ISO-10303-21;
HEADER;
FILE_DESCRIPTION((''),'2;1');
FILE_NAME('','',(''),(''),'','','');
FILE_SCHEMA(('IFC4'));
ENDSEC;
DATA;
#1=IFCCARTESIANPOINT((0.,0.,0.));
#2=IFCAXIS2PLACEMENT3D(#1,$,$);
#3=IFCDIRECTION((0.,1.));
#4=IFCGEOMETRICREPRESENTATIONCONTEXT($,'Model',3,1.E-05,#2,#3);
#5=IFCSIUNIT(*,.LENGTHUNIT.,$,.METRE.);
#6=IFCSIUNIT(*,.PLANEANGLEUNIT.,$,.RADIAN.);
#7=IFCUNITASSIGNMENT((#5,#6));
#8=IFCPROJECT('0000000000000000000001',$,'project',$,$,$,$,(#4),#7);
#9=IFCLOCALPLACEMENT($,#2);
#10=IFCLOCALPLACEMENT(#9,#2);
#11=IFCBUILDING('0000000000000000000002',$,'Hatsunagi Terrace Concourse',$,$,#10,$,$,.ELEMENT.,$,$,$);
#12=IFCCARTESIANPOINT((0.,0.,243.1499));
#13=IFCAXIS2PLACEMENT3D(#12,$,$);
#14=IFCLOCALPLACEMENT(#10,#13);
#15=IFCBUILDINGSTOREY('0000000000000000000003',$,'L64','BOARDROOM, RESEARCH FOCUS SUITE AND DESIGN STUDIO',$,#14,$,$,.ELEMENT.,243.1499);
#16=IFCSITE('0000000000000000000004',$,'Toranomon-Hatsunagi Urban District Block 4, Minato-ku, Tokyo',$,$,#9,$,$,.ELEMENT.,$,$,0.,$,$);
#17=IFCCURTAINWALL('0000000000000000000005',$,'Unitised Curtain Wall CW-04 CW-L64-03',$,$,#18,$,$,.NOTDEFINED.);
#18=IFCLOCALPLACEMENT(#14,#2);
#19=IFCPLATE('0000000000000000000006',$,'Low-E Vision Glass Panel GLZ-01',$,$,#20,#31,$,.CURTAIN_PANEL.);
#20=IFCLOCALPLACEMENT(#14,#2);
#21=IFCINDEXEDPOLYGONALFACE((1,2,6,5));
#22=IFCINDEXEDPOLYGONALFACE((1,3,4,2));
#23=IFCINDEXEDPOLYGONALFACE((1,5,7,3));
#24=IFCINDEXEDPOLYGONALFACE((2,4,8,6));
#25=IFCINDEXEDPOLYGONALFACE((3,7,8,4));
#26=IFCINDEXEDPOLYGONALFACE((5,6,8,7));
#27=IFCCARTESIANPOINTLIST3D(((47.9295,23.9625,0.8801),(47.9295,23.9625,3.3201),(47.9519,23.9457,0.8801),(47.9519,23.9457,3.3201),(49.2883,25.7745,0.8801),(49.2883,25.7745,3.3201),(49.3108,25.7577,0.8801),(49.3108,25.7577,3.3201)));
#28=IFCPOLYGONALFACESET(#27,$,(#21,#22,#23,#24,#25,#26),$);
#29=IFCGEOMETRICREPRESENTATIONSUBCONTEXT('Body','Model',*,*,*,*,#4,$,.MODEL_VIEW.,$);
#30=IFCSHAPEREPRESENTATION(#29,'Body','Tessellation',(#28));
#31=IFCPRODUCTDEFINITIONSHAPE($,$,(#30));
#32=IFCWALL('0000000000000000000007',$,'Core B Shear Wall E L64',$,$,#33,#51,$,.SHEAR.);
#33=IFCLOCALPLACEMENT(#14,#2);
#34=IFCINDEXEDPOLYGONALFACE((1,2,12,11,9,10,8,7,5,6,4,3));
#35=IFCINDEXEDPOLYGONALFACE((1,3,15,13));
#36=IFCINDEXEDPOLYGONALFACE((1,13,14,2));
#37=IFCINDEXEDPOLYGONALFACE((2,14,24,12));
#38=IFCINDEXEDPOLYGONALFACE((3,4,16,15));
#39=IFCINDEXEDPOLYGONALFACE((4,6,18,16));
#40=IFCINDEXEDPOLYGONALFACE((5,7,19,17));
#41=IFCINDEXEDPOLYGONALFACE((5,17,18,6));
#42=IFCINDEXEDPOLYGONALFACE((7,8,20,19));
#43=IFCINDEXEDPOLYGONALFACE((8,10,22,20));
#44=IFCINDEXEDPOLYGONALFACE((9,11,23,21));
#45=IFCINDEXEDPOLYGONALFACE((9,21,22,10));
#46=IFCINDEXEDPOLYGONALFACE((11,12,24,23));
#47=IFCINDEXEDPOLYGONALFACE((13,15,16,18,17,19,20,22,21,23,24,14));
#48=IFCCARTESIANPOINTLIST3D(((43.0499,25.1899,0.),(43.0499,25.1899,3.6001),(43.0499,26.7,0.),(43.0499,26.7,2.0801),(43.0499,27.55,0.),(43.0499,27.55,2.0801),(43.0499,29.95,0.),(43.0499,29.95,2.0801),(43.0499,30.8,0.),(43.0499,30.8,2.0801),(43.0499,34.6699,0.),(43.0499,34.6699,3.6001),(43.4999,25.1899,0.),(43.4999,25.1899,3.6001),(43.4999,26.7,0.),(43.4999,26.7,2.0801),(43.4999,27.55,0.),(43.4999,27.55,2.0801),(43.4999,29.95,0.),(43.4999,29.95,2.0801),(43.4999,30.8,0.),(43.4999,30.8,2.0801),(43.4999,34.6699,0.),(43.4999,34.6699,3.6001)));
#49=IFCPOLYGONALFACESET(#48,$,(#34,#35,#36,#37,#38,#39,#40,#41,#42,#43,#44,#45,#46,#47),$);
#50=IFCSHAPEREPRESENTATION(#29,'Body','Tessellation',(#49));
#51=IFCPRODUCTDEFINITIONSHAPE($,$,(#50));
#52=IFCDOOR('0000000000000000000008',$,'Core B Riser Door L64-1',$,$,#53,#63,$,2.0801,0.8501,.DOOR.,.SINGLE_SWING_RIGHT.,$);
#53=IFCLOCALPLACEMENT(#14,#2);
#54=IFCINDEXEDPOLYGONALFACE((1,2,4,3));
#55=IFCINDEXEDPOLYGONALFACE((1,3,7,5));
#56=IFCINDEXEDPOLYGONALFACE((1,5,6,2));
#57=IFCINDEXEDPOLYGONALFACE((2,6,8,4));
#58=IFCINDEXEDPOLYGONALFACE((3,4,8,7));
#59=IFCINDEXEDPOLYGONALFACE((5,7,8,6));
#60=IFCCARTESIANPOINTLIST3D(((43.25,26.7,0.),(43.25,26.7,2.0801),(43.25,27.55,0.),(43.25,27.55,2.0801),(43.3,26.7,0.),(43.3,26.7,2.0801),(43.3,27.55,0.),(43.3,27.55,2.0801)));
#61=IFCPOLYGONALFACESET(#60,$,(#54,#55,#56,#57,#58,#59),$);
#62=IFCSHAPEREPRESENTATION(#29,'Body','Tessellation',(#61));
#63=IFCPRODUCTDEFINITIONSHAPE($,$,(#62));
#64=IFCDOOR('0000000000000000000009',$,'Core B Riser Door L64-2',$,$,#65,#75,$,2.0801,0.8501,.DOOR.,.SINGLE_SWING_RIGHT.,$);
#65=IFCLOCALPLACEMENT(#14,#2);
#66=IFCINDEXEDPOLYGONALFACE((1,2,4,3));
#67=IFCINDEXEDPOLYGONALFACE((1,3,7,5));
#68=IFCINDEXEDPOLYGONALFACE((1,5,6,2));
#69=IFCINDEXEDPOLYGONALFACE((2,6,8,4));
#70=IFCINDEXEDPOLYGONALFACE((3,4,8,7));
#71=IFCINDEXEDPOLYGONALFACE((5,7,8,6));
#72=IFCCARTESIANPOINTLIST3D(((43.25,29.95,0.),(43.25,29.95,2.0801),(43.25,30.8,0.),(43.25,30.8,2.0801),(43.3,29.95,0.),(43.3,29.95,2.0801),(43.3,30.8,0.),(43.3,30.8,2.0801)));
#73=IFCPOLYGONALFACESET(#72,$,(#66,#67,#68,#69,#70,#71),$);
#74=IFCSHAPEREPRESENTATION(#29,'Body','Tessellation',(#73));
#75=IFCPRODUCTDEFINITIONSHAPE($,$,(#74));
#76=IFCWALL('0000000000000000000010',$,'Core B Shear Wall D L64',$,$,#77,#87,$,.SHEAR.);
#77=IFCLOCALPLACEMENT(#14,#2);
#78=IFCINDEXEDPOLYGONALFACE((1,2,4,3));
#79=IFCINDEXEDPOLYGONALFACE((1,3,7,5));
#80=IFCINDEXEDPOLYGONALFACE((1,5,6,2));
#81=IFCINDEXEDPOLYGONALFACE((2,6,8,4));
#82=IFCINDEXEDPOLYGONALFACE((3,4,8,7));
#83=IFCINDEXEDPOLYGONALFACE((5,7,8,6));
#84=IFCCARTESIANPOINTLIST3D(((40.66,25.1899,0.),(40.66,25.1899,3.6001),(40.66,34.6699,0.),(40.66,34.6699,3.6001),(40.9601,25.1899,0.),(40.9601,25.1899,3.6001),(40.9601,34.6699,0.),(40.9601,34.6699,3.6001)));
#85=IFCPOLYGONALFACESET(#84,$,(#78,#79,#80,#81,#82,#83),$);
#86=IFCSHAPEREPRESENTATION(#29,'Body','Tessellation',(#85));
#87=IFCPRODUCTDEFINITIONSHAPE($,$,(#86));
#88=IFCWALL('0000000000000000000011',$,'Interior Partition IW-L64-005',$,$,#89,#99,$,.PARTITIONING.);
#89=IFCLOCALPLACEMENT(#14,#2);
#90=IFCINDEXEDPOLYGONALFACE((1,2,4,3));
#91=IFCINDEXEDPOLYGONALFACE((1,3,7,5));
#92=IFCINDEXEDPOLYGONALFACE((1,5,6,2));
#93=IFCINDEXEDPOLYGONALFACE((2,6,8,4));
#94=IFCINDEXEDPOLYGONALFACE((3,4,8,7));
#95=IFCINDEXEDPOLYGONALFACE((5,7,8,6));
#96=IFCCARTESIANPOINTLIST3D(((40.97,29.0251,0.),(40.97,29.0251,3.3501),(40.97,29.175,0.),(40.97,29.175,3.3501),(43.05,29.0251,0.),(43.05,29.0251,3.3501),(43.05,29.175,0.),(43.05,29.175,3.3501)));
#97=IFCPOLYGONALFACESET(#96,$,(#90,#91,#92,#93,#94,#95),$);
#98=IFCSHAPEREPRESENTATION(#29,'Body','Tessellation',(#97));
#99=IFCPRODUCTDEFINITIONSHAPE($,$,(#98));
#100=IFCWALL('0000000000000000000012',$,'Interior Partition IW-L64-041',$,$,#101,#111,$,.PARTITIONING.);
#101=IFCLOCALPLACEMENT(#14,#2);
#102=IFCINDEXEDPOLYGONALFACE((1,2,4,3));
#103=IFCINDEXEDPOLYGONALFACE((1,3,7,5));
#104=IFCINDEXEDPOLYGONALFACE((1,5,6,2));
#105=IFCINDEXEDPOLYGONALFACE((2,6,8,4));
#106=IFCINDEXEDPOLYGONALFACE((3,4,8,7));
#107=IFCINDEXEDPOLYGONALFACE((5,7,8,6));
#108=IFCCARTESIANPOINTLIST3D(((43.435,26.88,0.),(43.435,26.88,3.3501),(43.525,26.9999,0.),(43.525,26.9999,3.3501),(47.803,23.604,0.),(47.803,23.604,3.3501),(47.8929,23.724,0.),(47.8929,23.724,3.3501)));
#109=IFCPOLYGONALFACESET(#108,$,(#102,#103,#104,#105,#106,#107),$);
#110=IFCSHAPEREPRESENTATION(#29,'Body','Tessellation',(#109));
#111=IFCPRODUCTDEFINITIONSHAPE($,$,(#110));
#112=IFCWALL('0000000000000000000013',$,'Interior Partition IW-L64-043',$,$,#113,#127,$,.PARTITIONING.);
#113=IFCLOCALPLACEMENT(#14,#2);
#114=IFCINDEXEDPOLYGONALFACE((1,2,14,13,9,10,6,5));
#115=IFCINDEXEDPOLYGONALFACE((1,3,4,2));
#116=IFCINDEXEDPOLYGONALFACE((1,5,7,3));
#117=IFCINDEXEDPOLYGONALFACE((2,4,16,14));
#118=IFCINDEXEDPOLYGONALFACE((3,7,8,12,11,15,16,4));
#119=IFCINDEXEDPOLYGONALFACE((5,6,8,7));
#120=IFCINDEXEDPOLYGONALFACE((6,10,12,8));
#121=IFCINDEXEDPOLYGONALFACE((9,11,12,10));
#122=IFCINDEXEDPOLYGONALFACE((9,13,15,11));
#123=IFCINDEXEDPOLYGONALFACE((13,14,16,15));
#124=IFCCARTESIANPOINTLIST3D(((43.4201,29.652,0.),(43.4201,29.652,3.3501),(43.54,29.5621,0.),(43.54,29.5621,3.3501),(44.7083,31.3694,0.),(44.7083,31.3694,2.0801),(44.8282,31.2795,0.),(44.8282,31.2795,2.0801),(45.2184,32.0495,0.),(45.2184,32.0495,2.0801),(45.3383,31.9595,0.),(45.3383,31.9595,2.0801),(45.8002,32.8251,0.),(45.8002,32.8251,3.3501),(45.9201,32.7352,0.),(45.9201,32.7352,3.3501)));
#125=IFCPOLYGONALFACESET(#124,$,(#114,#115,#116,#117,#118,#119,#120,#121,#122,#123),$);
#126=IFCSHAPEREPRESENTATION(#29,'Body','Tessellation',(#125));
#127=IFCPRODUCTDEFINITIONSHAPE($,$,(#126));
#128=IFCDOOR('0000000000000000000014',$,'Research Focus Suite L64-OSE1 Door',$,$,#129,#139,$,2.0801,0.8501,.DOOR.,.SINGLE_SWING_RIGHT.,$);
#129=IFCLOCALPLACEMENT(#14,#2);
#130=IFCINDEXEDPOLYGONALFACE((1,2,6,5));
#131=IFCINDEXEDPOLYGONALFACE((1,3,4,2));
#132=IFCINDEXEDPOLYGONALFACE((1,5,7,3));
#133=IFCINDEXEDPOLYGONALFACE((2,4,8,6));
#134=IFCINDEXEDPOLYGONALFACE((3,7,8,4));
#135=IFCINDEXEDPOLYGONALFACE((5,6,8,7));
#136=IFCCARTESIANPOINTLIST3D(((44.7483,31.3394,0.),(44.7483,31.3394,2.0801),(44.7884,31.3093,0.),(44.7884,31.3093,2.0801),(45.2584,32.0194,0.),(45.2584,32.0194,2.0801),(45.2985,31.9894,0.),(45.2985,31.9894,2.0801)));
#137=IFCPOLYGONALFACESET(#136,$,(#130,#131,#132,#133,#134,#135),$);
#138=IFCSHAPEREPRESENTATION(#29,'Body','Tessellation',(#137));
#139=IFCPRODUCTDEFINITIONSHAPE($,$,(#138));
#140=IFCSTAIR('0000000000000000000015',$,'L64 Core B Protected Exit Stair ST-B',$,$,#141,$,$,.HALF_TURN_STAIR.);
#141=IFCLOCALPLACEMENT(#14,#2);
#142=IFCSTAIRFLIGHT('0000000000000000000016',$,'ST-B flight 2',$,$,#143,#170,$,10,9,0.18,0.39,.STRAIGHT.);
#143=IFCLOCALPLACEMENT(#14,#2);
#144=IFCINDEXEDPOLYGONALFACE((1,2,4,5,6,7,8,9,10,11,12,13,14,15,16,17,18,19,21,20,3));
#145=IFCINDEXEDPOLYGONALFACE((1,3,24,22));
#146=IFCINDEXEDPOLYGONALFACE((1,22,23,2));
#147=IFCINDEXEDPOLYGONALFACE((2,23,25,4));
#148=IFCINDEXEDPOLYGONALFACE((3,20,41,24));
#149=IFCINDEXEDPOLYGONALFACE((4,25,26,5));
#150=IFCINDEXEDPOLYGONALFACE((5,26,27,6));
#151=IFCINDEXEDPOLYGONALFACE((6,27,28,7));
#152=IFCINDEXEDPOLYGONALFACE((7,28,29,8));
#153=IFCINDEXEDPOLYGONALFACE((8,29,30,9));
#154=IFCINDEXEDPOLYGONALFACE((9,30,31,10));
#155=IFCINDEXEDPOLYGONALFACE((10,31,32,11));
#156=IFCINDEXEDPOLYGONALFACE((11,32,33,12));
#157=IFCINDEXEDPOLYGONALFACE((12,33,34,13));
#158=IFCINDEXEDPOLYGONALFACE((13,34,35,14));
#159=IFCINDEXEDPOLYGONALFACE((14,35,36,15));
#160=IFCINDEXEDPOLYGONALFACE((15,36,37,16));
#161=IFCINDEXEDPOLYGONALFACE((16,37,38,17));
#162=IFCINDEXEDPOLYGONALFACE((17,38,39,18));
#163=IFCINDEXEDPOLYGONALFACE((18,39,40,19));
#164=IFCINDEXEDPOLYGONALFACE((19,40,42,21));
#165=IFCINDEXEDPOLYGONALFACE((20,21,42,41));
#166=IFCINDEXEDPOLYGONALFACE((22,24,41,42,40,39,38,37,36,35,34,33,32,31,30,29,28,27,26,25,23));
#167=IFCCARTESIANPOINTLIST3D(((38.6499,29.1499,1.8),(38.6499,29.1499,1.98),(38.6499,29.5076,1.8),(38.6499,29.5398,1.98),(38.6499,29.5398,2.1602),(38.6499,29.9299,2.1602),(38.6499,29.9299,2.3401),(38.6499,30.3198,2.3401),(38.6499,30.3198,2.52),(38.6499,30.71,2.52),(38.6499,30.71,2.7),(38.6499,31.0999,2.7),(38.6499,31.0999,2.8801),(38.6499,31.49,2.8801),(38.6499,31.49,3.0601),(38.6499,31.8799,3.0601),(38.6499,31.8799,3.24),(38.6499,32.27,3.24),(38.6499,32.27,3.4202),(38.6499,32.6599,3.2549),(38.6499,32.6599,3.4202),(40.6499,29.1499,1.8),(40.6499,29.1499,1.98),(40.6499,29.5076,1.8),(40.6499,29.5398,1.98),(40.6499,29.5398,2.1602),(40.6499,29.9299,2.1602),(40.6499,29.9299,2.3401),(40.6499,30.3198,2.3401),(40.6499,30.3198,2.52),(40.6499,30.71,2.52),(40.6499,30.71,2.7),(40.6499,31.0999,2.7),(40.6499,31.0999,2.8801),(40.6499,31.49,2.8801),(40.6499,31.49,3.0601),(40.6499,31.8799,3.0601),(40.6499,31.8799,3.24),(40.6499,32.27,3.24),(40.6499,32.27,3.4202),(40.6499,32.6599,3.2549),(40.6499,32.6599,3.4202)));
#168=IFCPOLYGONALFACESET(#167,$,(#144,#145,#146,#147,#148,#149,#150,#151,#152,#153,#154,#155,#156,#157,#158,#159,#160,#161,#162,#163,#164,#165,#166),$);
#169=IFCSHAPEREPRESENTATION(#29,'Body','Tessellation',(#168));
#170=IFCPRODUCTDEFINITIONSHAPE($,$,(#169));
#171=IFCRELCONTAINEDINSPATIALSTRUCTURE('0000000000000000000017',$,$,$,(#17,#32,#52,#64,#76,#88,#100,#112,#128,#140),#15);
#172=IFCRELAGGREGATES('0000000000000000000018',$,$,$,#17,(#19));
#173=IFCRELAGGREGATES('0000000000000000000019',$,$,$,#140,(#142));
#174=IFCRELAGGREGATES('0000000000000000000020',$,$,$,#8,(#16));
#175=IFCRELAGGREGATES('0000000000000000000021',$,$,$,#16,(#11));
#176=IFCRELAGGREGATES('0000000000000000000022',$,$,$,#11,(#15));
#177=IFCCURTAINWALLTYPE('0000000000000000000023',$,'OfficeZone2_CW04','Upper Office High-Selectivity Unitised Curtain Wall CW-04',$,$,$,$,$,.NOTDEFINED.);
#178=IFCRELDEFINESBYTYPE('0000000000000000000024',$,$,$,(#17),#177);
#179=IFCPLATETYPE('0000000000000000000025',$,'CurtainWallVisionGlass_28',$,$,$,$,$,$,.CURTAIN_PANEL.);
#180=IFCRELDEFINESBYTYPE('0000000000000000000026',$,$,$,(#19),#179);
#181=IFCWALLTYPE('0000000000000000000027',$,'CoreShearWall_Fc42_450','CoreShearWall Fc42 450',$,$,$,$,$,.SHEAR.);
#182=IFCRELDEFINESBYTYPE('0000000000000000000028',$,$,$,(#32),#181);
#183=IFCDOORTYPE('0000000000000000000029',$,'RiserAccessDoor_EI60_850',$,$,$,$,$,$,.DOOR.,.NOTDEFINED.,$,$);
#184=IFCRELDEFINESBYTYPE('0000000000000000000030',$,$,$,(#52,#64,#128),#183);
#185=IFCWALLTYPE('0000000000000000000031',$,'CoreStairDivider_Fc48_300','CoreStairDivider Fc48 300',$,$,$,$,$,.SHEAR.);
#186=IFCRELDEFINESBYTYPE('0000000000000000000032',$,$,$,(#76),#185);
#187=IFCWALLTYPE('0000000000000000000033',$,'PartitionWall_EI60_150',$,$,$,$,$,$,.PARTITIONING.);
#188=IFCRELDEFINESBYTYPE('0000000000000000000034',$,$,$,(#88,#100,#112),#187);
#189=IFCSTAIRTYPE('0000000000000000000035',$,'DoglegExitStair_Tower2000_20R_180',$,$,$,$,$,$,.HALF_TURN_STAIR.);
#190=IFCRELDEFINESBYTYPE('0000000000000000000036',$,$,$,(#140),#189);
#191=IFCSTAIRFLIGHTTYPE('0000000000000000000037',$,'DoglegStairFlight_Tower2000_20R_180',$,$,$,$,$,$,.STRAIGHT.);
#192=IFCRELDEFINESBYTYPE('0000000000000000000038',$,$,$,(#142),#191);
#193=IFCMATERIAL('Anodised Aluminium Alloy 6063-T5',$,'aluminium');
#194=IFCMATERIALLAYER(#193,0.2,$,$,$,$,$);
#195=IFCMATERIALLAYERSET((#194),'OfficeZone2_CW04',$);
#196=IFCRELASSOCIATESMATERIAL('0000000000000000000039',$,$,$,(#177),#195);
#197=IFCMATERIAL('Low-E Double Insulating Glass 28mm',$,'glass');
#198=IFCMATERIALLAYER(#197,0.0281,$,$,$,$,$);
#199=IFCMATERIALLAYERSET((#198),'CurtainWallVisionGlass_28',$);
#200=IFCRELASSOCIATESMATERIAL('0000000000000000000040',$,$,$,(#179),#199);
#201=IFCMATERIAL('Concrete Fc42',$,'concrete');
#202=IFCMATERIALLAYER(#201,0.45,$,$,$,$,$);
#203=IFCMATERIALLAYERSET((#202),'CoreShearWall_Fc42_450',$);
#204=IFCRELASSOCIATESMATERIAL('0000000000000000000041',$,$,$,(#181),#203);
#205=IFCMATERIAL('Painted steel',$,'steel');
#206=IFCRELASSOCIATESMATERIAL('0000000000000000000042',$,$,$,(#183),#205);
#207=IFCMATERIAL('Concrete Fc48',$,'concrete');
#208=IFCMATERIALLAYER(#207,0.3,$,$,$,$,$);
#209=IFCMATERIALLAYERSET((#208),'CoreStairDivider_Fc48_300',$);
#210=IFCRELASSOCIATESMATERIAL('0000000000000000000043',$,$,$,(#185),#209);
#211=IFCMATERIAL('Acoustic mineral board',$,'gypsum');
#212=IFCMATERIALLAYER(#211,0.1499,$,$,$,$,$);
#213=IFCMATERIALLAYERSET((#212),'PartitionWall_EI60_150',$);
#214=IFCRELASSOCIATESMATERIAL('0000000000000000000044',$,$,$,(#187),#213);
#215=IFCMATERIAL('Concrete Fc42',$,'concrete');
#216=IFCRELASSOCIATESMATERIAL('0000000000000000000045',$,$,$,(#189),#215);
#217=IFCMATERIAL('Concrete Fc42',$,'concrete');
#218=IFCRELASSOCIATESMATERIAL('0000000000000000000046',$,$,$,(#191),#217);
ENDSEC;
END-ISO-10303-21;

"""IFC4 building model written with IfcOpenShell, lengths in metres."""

from ifc_helpers import new_model, si_unit, direction, frame, frame_2d, origin, origin_2d, place, context, subcontext, project, spatial, polyline, rectangle, outline, extrude, material, layer, layer_set, type_object, element, fill, aggregate, save


model = new_model("IFC4")

# Units and contexts
model_context = context("Model", 3, precision=1e-05, world=origin(), true_north=direction((0.0, 1.0)))
body_context = subcontext(model_context, "Body", "Model", "MODEL_VIEW")
ifc_project = project(units=[si_unit("LENGTHUNIT", "METRE"), si_unit("PLANEANGLEUNIT", "RADIAN")], contexts=[model_context])

# Site, building, storey
site_placement = place(None, origin())
site = spatial("IfcSite", under=ifc_project, at=site_placement, Name="Toranomon-Hatsunagi Urban District Block 4, Minato-ku, Tokyo", CompositionType="ELEMENT", RefElevation=0.0)
building_placement = place(site_placement, origin())
building = spatial("IfcBuilding", under=site, at=building_placement, Name="Hatsunagi Terrace Concourse", CompositionType="ELEMENT")
storey_placement = place(building_placement, frame((0.0, 0.0, 243.1499)))
storey = spatial("IfcBuildingStorey", under=building, at=storey_placement, Name="L64", Description="BOARDROOM, RESEARCH FOCUS SUITE AND DESIGN STUDIO", CompositionType="ELEMENT", Elevation=243.1499)

# Curtain wall
ifc_material_1 = material(Name="Anodised Aluminium Alloy 6063-T5", Category="aluminium")
ifc_layer_1 = layer(ifc_material_1, 0.2)
ifc_layer_set_1 = layer_set([ifc_layer_1], Name="OfficeZone2_CW04")
curtain_wall_type = type_object("IfcCurtainWallType", Name="OfficeZone2_CW04", Description="Upper Office High-Selectivity Unitised Curtain Wall CW-04", PredefinedType="NOTDEFINED", material=ifc_layer_set_1)
curtain_wall_placement = place(storey_placement, origin())
curtain_wall = element("IfcCurtainWall", 1, at=curtain_wall_placement, inside=storey, type_object=curtain_wall_type, Name="Unitised Curtain Wall CW-04 CW-L64-03", PredefinedType="NOTDEFINED")

# Plate
ifc_material_2 = material(Name="Low-E Double Insulating Glass 28mm", Category="glass")
ifc_layer_2 = layer(ifc_material_2, 0.0281)
ifc_layer_set_2 = layer_set([ifc_layer_2], Name="CurtainWallVisionGlass_28")
plate_type_1 = type_object("IfcPlateType", Name="CurtainWallVisionGlass_28", PredefinedType="CURTAIN_PANEL", material=ifc_layer_set_2)
plate_1_placement = place(storey_placement, frame((48.6201, 24.8601, 0.8801), z_axis=(0.0, 0.0, 1.0), x_axis=(-0.599969, -0.800023, 0.0)))
plate_1 = element("IfcPlate", 2, at=plate_1_placement, type_object=plate_type_1, Name="Low-E Vision Glass Panel GLZ-01", PredefinedType="CURTAIN_PANEL", context=body_context, shape_type="SweptSolid", body=[
    extrude(rectangle(XDim=2.2649, YDim=0.0281, at=origin_2d()), origin(), (0.0, 0.0, 1.0), 2.4399),
])
aggregate(curtain_wall, [plate_1])

# Wall, openings, doors
ifc_material_3 = material(Name="Concrete Fc42", Category="concrete")
ifc_layer_3 = layer(ifc_material_3, 0.45)
ifc_layer_set_3 = layer_set([ifc_layer_3], Name="CoreShearWall_Fc42_450")
wall_type_1 = type_object("IfcWallType", Name="CoreShearWall_Fc42_450", Description="CoreShearWall Fc42 450", PredefinedType="SHEAR", material=ifc_layer_set_3)
wall_1_placement = place(storey_placement, frame((43.2749, 25.1899, 0.0), z_axis=(0.0, 0.0, 1.0), x_axis=(0.0, 1.0, 0.0)))
wall_1 = element("IfcWall", 3, at=wall_1_placement, inside=storey, type_object=wall_type_1, Name="Core B Shear Wall E L64", PredefinedType="SHEAR", context=body_context, shape_type="SweptSolid", body=[
    extrude(rectangle(XDim=9.48, YDim=0.45, at=frame_2d((4.74, 0.0))), origin(), (0.0, 0.0, 1.0), 3.6001),
])
opening_1_placement = place(wall_1_placement, frame((1.51, 0.0, 0.0)))
opening_1 = element("IfcOpeningElement", 4, at=opening_1_placement, cuts=wall_1, PredefinedType="OPENING", context=body_context, shape_type="SweptSolid", body=[
    extrude(rectangle(XDim=0.8501, YDim=2.0801, at=frame_2d((0.425, 1.04))), frame((0.0, 0.2349, 0.0), z_axis=(0.0, -1.0, 0.0), x_axis=(1.0, 0.0, 0.0)), (0.0, 0.0, 1.0), 0.47),
])
opening_2_placement = place(wall_1_placement, frame((4.76, 0.0, 0.0)))
opening_2 = element("IfcOpeningElement", 5, at=opening_2_placement, cuts=wall_1, PredefinedType="OPENING", context=body_context, shape_type="SweptSolid", body=[
    extrude(rectangle(XDim=0.8501, YDim=2.0801, at=frame_2d((0.425, 1.04))), frame((0.0, 0.2349, 0.0), z_axis=(0.0, -1.0, 0.0), x_axis=(1.0, 0.0, 0.0)), (0.0, 0.0, 1.0), 0.47),
])
ifc_material_4 = material(Name="Painted steel", Category="steel")
door_type = type_object("IfcDoorType", Name="RiserAccessDoor_EI60_850", OperationType="NOTDEFINED", PredefinedType="DOOR", material=ifc_material_4)
door_1_placement = place(opening_1_placement, origin())
door_1 = element("IfcDoor", 6, at=door_1_placement, inside=storey, type_object=door_type, Name="Core B Riser Door L64-1", OperationType="SINGLE_SWING_RIGHT", OverallHeight=2.0801, OverallWidth=0.8501, PredefinedType="DOOR", context=body_context, shape_type="SweptSolid", body=[
    extrude(rectangle(XDim=0.8501, YDim=2.0801, at=frame_2d((0.425, 1.04))), frame((0.0, 0.0249, 0.0), z_axis=(0.0, -1.0, 0.0), x_axis=(1.0, 0.0, 0.0)), (0.0, 0.0, 1.0), 0.05),
])
fill(opening_1, door_1)
door_2_placement = place(opening_2_placement, origin())
door_2 = element("IfcDoor", 7, at=door_2_placement, inside=storey, type_object=door_type, Name="Core B Riser Door L64-2", OperationType="SINGLE_SWING_RIGHT", OverallHeight=2.0801, OverallWidth=0.8501, PredefinedType="DOOR", context=body_context, shape_type="SweptSolid", body=[
    extrude(rectangle(XDim=0.8501, YDim=2.0801, at=frame_2d((0.425, 1.04))), frame((0.0, 0.0249, 0.0), z_axis=(0.0, -1.0, 0.0), x_axis=(1.0, 0.0, 0.0)), (0.0, 0.0, 1.0), 0.05),
])
fill(opening_2, door_2)

# Walls
ifc_material_5 = material(Name="Concrete Fc48", Category="concrete")
ifc_layer_4 = layer(ifc_material_5, 0.3)
ifc_layer_set_4 = layer_set([ifc_layer_4], Name="CoreStairDivider_Fc48_300")
wall_type_2 = type_object("IfcWallType", Name="CoreStairDivider_Fc48_300", Description="CoreStairDivider Fc48 300", PredefinedType="SHEAR", material=ifc_layer_set_4)
wall_2_placement = place(storey_placement, frame((40.8101, 25.1899, 0.0), z_axis=(0.0, 0.0, 1.0), x_axis=(0.0, 1.0, 0.0)))
element("IfcWall", 8, at=wall_2_placement, inside=storey, type_object=wall_type_2, Name="Core B Shear Wall D L64", PredefinedType="SHEAR", context=body_context, shape_type="SweptSolid", body=[
    extrude(rectangle(XDim=9.48, YDim=0.3, at=frame_2d((4.74, 0.0))), origin(), (0.0, 0.0, 1.0), 3.6001),
])
ifc_material_6 = material(Name="Acoustic mineral board", Category="gypsum")
ifc_layer_5 = layer(ifc_material_6, 0.1499)
ifc_layer_set_5 = layer_set([ifc_layer_5], Name="PartitionWall_EI60_150")
wall_type_3 = type_object("IfcWallType", Name="PartitionWall_EI60_150", PredefinedType="PARTITIONING", material=ifc_layer_set_5)
wall_3_placement = place(storey_placement, frame((40.97, 29.1001, 0.0), z_axis=(0.0, 0.0, 1.0), x_axis=(1.0, 0.0, 0.0)))
element("IfcWall", 9, at=wall_3_placement, inside=storey, type_object=wall_type_3, Name="Interior Partition IW-L64-005", PredefinedType="PARTITIONING", context=body_context, shape_type="SweptSolid", body=[
    extrude(rectangle(XDim=2.0801, YDim=0.1499, at=frame_2d((1.04, 0.0))), origin(), (0.0, 0.0, 1.0), 3.3501),
])
wall_4_placement = place(storey_placement, frame((43.48, 26.9399, 0.0), z_axis=(0.0, 0.0, 1.0), x_axis=(0.800005, -0.599993, 0.0)))
element("IfcWall", 10, at=wall_4_placement, inside=storey, type_object=wall_type_3, Name="Interior Partition IW-L64-041", PredefinedType="PARTITIONING", context=body_context, shape_type="SweptSolid", body=[
    extrude(rectangle(XDim=5.46, YDim=0.1499, at=frame_2d((2.73, 0.0))), origin(), (0.0, 0.0, 1.0), 3.3501),
])

# Wall, opening, door
wall_5_placement = place(storey_placement, frame((43.48, 29.6069, 0.0), z_axis=(0.0, 0.0, 1.0), x_axis=(0.600049, 0.799963, 0.0)))
wall_5 = element("IfcWall", 11, at=wall_5_placement, inside=storey, type_object=wall_type_3, Name="Interior Partition IW-L64-043", PredefinedType="PARTITIONING", context=body_context, shape_type="SweptSolid", body=[
    extrude(rectangle(XDim=3.9666, YDim=0.1499, at=frame_2d((1.9834, 0.0))), origin(), (0.0, 0.0, 1.0), 3.3501),
])
opening_3_placement = place(wall_5_placement, frame((2.147, 0.0, 0.0)))
opening_3 = element("IfcOpeningElement", 12, at=opening_3_placement, cuts=wall_5, PredefinedType="OPENING", context=body_context, shape_type="SweptSolid", body=[
    extrude(rectangle(XDim=0.8501, YDim=2.0801, at=frame_2d((0.425, 1.04))), frame((0.0, 0.085, 0.0), z_axis=(0.0, -1.0, 0.0), x_axis=(1.0, 0.0, 0.0)), (0.0, 0.0, 1.0), 0.1699),
])
door_3_placement = place(opening_3_placement, origin())
door_3 = element("IfcDoor", 13, at=door_3_placement, inside=storey, type_object=door_type, Name="Research Focus Suite L64-OSE1 Door", OperationType="SINGLE_SWING_RIGHT", OverallHeight=2.0801, OverallWidth=0.8501, PredefinedType="DOOR", context=body_context, shape_type="SweptSolid", body=[
    extrude(rectangle(XDim=0.8501, YDim=2.0801, at=frame_2d((0.425, 1.04))), frame((0.0, 0.0249, 0.0), z_axis=(0.0, -1.0, 0.0), x_axis=(1.0, 0.0, 0.0)), (0.0, 0.0, 1.0), 0.05),
])
fill(opening_3, door_3)

# Stair, stair flight
ifc_material_7 = material(Name="Concrete Fc42", Category="concrete")
stair_type = type_object("IfcStairType", Name="DoglegExitStair_Tower2000_20R_180", PredefinedType="HALF_TURN_STAIR", material=ifc_material_7)
stair_placement = place(storey_placement, origin())
stair = element("IfcStair", 14, at=stair_placement, inside=storey, type_object=stair_type, Name="L64 Core B Protected Exit Stair ST-B", PredefinedType="HALF_TURN_STAIR")
ifc_material_8 = material(Name="Concrete Fc42", Category="concrete")
stair_flight_type = type_object("IfcStairFlightType", Name="DoglegStairFlight_Tower2000_20R_180", PredefinedType="STRAIGHT", material=ifc_material_8)
stair_flight_placement = place(storey_placement, frame((39.6499, 29.1499, 1.8), z_axis=(0.0, 0.0, 1.0), x_axis=(0.0, 1.0, 0.0)))
stair_flight = element("IfcStairFlight", 15, at=stair_flight_placement, type_object=stair_flight_type, Name="ST-B flight 2", NumberOfRisers=10, NumberOfTreads=9, PredefinedType="STRAIGHT", RiserHeight=0.18, TreadLength=0.39, context=body_context, shape_type="SweptSolid", body=[
    extrude(outline(polyline([(0.0, 0.0), (0.0, 0.1799), (0.3899, 0.1799), (0.3899, 0.3601), (0.78, 0.3601), (0.78, 0.54), (1.1699, 0.54), (1.1699, 0.72), (1.5601, 0.72), (1.5601, 0.8999), (1.95, 0.8999), (1.95, 1.0801), (2.3401, 1.0801), (2.3401, 1.26), (2.73, 1.26), (2.73, 1.4399), (3.1201, 1.4399), (3.1201, 1.6201), (3.51, 1.6201), (3.51, 1.8), (3.51, 1.4548), (0.3577, 0.0), (0.0, 0.0)])), frame((0.0, 1.0, 0.0), z_axis=(0.0, -1.0, 0.0), x_axis=(1.0, 0.0, 0.0)), (0.0, 0.0, 1.0), 2.0),
])
aggregate(stair, [stair_flight])

save(model, "model.ifc")
